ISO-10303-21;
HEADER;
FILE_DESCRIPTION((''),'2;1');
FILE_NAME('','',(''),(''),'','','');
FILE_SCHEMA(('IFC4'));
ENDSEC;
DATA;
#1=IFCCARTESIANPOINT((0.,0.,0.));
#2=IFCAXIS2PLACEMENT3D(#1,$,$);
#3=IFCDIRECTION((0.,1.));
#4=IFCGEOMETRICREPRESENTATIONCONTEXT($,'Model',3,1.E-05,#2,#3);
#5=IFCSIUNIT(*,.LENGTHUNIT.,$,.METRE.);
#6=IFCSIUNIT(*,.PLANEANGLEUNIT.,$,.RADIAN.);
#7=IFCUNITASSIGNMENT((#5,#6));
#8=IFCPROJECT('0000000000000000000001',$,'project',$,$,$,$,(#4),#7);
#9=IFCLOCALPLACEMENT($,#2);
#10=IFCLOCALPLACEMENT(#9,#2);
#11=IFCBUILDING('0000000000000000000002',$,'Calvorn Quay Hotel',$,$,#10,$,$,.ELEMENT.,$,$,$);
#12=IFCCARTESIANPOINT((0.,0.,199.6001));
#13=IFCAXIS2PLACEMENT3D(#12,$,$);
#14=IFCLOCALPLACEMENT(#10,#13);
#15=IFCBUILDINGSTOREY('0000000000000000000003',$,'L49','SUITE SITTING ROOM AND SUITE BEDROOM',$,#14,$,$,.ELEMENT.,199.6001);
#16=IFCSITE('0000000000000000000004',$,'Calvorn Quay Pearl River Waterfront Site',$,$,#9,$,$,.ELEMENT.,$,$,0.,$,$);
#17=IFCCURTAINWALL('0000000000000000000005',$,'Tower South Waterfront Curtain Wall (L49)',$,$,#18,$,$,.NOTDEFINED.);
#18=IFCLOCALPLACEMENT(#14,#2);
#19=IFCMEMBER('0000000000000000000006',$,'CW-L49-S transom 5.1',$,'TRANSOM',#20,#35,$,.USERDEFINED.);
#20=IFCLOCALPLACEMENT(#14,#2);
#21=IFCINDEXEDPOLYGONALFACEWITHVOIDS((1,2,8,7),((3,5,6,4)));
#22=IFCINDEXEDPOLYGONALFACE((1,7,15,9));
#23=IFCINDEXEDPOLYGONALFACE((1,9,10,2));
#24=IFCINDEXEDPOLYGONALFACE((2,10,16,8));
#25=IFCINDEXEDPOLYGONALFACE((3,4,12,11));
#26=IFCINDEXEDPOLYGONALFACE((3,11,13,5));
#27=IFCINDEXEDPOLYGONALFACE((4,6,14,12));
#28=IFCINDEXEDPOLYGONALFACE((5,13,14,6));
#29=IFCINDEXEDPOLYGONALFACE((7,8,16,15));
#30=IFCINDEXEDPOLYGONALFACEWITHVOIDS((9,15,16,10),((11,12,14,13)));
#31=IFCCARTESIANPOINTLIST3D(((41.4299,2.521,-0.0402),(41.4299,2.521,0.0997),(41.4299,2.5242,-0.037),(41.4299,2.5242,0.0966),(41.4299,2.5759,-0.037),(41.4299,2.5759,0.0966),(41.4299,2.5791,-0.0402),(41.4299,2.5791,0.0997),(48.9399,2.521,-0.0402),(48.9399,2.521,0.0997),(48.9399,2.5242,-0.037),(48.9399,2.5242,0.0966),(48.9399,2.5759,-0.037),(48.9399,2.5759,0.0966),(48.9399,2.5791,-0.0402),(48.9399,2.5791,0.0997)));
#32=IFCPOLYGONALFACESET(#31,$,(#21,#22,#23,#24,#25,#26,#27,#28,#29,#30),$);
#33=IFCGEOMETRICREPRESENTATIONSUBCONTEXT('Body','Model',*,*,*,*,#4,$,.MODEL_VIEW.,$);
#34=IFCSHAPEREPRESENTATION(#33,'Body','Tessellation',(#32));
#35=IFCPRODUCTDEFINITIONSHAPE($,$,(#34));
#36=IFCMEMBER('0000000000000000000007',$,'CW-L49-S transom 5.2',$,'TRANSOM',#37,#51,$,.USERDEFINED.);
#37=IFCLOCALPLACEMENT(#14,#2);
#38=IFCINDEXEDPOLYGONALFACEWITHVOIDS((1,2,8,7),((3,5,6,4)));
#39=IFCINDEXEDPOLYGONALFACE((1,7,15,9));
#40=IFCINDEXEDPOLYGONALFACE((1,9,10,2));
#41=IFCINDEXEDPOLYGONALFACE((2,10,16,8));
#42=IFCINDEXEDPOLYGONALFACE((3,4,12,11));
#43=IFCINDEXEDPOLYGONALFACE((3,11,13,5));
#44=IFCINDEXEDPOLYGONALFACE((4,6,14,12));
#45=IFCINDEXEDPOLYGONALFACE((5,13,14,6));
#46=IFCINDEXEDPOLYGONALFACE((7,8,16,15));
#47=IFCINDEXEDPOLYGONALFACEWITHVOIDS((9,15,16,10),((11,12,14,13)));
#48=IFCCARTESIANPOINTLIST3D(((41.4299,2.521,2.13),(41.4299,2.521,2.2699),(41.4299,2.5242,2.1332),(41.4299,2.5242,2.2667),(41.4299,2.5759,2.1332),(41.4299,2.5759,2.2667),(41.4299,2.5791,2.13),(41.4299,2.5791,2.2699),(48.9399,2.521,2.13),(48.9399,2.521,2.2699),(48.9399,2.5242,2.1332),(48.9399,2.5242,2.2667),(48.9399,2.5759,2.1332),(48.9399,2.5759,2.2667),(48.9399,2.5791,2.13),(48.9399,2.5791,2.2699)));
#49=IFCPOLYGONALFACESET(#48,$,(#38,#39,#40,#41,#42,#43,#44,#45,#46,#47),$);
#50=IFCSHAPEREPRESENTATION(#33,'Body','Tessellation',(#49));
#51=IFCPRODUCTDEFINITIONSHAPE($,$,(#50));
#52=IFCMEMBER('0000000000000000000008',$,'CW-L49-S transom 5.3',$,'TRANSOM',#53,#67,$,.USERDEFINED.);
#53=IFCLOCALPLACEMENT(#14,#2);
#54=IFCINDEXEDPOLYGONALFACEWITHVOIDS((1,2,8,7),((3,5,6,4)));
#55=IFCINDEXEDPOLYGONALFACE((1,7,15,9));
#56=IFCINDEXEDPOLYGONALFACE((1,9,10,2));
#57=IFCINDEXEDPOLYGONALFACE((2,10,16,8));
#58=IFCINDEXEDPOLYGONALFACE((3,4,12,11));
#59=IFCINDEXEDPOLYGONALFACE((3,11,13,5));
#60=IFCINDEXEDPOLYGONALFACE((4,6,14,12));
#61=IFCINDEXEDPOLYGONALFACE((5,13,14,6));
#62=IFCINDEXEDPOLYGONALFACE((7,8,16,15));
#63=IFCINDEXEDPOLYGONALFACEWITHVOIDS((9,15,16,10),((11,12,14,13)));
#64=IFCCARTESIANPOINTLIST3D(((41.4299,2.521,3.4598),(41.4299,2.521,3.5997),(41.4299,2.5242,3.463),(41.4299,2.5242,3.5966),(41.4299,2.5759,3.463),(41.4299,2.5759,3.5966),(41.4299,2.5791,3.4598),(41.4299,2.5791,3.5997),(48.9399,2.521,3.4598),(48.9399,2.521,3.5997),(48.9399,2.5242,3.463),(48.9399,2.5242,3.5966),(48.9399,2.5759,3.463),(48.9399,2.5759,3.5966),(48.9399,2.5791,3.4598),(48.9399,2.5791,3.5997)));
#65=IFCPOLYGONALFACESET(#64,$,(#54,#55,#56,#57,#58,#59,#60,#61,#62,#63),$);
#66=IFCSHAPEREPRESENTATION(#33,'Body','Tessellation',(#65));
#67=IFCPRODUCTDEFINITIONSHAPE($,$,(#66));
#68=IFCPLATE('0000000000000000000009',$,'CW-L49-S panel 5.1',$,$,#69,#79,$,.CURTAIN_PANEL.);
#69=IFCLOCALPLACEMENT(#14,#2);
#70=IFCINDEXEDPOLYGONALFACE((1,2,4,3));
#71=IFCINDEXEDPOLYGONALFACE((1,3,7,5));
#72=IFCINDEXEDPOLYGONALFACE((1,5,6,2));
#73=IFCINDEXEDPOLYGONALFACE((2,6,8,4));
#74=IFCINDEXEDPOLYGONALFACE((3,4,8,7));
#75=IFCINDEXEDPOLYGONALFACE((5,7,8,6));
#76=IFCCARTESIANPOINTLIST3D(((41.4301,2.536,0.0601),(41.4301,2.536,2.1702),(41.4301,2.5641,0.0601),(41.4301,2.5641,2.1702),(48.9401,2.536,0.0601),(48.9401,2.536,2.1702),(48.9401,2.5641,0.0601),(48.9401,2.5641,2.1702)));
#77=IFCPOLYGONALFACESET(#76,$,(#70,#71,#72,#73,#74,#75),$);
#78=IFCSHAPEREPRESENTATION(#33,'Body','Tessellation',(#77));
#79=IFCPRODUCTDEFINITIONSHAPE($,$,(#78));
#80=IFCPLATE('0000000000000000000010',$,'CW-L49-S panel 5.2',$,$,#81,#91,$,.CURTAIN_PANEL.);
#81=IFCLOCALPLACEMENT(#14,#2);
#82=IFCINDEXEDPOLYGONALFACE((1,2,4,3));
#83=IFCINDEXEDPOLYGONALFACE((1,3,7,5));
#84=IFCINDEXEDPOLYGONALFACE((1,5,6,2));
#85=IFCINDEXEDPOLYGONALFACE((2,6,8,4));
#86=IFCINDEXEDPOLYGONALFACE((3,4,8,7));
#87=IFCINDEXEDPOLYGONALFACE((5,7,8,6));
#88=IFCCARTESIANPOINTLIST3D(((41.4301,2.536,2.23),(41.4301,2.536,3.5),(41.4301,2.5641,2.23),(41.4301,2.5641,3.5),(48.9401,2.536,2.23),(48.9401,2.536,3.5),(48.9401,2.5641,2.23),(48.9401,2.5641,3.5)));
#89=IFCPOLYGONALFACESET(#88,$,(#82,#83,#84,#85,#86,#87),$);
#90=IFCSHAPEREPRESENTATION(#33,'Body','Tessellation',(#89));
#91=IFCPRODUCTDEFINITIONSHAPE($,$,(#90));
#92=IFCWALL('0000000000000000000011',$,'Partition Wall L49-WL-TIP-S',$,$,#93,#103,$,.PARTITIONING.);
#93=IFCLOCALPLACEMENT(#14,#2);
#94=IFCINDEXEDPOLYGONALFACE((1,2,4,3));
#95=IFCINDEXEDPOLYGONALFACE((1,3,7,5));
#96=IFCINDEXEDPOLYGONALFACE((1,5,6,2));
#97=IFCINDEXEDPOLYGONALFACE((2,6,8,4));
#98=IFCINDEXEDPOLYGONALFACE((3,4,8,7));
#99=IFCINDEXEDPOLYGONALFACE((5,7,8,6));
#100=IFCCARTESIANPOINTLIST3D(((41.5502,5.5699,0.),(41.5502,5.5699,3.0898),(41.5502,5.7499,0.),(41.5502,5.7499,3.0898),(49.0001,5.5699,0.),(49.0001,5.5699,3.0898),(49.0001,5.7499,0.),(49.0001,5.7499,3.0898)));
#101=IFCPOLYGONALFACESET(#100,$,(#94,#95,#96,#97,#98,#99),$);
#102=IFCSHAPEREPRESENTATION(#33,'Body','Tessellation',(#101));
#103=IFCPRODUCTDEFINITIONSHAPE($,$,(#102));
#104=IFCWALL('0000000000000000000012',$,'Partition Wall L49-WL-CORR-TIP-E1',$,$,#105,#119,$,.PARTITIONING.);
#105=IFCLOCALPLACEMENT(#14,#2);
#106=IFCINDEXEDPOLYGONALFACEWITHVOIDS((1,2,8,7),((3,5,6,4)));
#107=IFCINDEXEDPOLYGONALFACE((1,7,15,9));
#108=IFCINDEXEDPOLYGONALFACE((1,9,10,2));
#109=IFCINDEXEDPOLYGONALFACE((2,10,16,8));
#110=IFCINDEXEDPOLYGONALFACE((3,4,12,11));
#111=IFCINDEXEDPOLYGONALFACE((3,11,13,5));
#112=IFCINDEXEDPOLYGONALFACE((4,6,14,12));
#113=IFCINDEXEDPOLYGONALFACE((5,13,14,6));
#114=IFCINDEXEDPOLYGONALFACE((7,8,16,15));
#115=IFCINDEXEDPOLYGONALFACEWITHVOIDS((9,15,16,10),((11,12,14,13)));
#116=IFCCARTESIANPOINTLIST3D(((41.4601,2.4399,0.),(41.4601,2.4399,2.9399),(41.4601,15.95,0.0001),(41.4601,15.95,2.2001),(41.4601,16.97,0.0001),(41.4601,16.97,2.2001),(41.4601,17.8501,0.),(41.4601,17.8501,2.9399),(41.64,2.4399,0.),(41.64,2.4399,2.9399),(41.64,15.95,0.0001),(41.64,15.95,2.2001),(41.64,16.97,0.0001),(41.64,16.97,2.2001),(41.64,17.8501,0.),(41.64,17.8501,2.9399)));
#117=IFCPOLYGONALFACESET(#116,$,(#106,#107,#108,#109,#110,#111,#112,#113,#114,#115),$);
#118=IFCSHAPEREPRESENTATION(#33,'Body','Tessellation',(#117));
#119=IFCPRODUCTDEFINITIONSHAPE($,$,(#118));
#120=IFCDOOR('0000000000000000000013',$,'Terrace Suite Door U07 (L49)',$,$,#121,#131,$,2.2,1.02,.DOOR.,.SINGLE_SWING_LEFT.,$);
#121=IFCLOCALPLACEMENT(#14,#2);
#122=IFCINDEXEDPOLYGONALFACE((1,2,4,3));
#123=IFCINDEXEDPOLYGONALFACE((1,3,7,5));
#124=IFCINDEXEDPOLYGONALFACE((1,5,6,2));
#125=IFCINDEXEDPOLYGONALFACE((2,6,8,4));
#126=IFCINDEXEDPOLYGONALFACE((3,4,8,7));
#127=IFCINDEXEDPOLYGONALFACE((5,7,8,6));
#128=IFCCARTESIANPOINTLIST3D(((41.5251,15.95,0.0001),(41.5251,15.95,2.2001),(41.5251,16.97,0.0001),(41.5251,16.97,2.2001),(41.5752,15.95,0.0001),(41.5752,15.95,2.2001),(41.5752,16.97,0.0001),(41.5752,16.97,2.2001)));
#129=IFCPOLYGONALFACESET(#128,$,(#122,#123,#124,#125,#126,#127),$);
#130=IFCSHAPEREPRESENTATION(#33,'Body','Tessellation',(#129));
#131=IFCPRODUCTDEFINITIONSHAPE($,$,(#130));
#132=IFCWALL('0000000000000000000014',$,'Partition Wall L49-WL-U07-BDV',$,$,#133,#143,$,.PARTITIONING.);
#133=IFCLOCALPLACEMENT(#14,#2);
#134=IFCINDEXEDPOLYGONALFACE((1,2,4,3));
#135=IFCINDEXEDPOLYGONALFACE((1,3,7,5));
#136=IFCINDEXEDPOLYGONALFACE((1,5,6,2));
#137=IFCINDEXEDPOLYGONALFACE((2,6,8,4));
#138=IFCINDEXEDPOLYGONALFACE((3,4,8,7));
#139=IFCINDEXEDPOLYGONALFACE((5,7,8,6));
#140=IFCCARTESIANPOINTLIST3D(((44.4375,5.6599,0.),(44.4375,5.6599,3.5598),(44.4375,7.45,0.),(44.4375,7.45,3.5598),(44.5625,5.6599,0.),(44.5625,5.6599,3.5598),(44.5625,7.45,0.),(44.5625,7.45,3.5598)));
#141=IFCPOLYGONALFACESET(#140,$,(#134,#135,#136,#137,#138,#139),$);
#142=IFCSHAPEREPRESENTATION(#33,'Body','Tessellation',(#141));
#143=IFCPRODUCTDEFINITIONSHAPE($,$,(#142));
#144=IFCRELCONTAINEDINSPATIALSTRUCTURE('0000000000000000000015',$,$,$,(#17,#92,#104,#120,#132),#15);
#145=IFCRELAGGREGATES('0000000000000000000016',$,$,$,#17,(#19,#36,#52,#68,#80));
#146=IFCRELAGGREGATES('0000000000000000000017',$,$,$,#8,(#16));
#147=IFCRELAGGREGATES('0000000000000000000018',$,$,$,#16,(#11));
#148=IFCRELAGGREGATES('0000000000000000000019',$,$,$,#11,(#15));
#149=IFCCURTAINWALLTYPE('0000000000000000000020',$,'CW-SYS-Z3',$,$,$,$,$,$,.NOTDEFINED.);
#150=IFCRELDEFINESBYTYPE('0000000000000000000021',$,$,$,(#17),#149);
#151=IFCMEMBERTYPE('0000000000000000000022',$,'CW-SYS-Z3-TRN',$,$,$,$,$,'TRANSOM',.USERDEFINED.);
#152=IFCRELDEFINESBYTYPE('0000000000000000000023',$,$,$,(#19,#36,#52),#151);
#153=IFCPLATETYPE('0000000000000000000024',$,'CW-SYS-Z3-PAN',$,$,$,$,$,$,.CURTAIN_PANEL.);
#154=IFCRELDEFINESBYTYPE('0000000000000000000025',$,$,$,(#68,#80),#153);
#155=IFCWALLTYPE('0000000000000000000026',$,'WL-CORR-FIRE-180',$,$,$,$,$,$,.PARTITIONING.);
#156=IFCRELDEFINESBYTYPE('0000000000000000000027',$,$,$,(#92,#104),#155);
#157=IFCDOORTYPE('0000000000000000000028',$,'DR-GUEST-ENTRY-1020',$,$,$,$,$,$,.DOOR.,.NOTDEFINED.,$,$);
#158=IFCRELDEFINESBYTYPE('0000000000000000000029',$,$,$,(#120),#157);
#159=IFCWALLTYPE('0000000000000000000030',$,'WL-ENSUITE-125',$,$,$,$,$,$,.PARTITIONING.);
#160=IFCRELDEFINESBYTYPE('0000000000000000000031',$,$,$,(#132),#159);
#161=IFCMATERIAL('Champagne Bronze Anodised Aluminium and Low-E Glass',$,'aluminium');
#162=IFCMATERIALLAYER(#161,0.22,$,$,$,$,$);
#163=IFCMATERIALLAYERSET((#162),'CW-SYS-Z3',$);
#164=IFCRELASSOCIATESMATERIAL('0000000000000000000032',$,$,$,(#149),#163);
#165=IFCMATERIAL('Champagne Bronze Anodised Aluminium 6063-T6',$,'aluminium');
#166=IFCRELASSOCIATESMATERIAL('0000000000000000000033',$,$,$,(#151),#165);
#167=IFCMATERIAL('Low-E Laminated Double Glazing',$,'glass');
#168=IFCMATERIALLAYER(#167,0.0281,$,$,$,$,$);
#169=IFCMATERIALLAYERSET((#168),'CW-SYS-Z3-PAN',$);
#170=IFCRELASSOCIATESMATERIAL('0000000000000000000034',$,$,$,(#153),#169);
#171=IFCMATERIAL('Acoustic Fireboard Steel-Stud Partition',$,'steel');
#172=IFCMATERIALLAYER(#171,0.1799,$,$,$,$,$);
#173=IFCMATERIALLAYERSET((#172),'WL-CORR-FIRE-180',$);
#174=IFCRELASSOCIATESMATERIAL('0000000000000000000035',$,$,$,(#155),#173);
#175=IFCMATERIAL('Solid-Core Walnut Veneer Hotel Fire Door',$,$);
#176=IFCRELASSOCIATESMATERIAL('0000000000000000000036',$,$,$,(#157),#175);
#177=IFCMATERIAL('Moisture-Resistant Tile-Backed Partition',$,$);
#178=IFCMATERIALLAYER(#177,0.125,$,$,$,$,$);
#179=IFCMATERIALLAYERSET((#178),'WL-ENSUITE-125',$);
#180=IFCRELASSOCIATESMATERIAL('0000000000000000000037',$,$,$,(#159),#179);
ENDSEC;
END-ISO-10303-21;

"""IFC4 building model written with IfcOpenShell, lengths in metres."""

from ifc_helpers import new_model, si_unit, direction, frame, frame_2d, origin, origin_2d, place, context, subcontext, project, spatial, rectangle, hollow_rectangle, extrude, material, layer, layer_set, material_profile, profile_set, type_object, element, fill, aggregate, save


model = new_model("IFC4")

# Units and contexts
model_context = context("Model", 3, precision=1e-05, world=origin(), true_north=direction((0.0, 1.0)))
body_context = subcontext(model_context, "Body", "Model", "MODEL_VIEW")
ifc_project = project(units=[si_unit("LENGTHUNIT", "METRE"), si_unit("PLANEANGLEUNIT", "RADIAN")], contexts=[model_context])

# Site, building, storey
site_placement = place(None, origin())
site = spatial("IfcSite", under=ifc_project, at=site_placement, Name="Calvorn Quay Pearl River Waterfront Site", CompositionType="ELEMENT", RefElevation=0.0)
building_placement = place(site_placement, origin())
building = spatial("IfcBuilding", under=site, at=building_placement, Name="Calvorn Quay Hotel", CompositionType="ELEMENT")
storey_placement = place(building_placement, frame((0.0, 0.0, 199.6001)))
storey = spatial("IfcBuildingStorey", under=building, at=storey_placement, Name="L49", Description="SUITE SITTING ROOM AND SUITE BEDROOM", CompositionType="ELEMENT", Elevation=199.6001)

# Curtain wall, members, plates
ifc_material_1 = material(Name="Champagne Bronze Anodised Aluminium and Low-E Glass", Category="aluminium")
ifc_layer_1 = layer(ifc_material_1, 0.22)
ifc_layer_set_1 = layer_set([ifc_layer_1], Name="CW-SYS-Z3")
curtain_wall_type = type_object("IfcCurtainWallType", Name="CW-SYS-Z3", PredefinedType="NOTDEFINED", material=ifc_layer_set_1)
curtain_wall_placement = place(storey_placement, origin())
curtain_wall = element("IfcCurtainWall", 1, at=curtain_wall_placement, inside=storey, type_object=curtain_wall_type, Name="Tower South Waterfront Curtain Wall (L49)", PredefinedType="NOTDEFINED")
ifc_material_2 = material(Name="Champagne Bronze Anodised Aluminium 6063-T6", Category="aluminium")
ifc_material_profile = material_profile(ifc_material_2, hollow_rectangle(XDim=0.0581, YDim=0.1399, WallThickness=0.0032, at=origin_2d()), Name="ALU-T140x58x3.2")
ifc_profile_set = profile_set([ifc_material_profile], Name="Champagne Bronze Anodised Aluminium 6063-T6")
member_type = type_object("IfcMemberType", Name="CW-SYS-Z3-TRN", ElementType="TRANSOM", PredefinedType="USERDEFINED", material=ifc_profile_set)
member_1_placement = place(storey_placement, frame((41.4299, 2.55, 0.0298), z_axis=(1.0, 0.0, 0.0), x_axis=(0.0, 1.0, 0.0)))
member_1 = element("IfcMember", 2, at=member_1_placement, type_object=member_type, Name="CW-L49-S transom 5.1", ObjectType="TRANSOM", PredefinedType="USERDEFINED", context=body_context, shape_type="SweptSolid", body=[
    extrude(hollow_rectangle(XDim=0.0581, YDim=0.1399, WallThickness=0.0032, at=origin_2d()), origin(), (0.0, 0.0, 1.0), 7.51),
])
member_2_placement = place(storey_placement, frame((41.4299, 2.55, 2.2), z_axis=(1.0, 0.0, 0.0), x_axis=(0.0, 1.0, 0.0)))
member_2 = element("IfcMember", 3, at=member_2_placement, type_object=member_type, Name="CW-L49-S transom 5.2", ObjectType="TRANSOM", PredefinedType="USERDEFINED", context=body_context, shape_type="SweptSolid", body=[
    extrude(hollow_rectangle(XDim=0.0581, YDim=0.1399, WallThickness=0.0032, at=origin_2d()), origin(), (0.0, 0.0, 1.0), 7.51),
])
member_3_placement = place(storey_placement, frame((41.4299, 2.55, 3.5298), z_axis=(1.0, 0.0, 0.0), x_axis=(0.0, 1.0, 0.0)))
member_3 = element("IfcMember", 4, at=member_3_placement, type_object=member_type, Name="CW-L49-S transom 5.3", ObjectType="TRANSOM", PredefinedType="USERDEFINED", context=body_context, shape_type="SweptSolid", body=[
    extrude(hollow_rectangle(XDim=0.0581, YDim=0.1399, WallThickness=0.0032, at=origin_2d()), origin(), (0.0, 0.0, 1.0), 7.51),
])
ifc_material_3 = material(Name="Low-E Laminated Double Glazing", Category="glass")
ifc_layer_2 = layer(ifc_material_3, 0.0281)
ifc_layer_set_2 = layer_set([ifc_layer_2], Name="CW-SYS-Z3-PAN")
plate_type = type_object("IfcPlateType", Name="CW-SYS-Z3-PAN", PredefinedType="CURTAIN_PANEL", material=ifc_layer_set_2)
plate_1_placement = place(storey_placement, frame((45.1851, 2.55, 0.0601), z_axis=(0.0, 0.0, 1.0), x_axis=(1.0, 0.0, 0.0)))
plate_1 = element("IfcPlate", 5, at=plate_1_placement, type_object=plate_type, Name="CW-L49-S panel 5.1", PredefinedType="CURTAIN_PANEL", context=body_context, shape_type="SweptSolid", body=[
    extrude(rectangle(XDim=7.51, YDim=0.0281, at=origin_2d()), origin(), (0.0, 0.0, 1.0), 2.1101),
])
plate_2_placement = place(storey_placement, frame((45.1851, 2.55, 2.23), z_axis=(0.0, 0.0, 1.0), x_axis=(1.0, 0.0, 0.0)))
plate_2 = element("IfcPlate", 6, at=plate_2_placement, type_object=plate_type, Name="CW-L49-S panel 5.2", PredefinedType="CURTAIN_PANEL", context=body_context, shape_type="SweptSolid", body=[
    extrude(rectangle(XDim=7.51, YDim=0.0281, at=origin_2d()), origin(), (0.0, 0.0, 1.0), 1.27),
])
aggregate(curtain_wall, [member_1, member_2, member_3, plate_1, plate_2])

# Wall
ifc_material_4 = material(Name="Acoustic Fireboard Steel-Stud Partition", Category="steel")
ifc_layer_3 = layer(ifc_material_4, 0.1799)
ifc_layer_set_3 = layer_set([ifc_layer_3], Name="WL-CORR-FIRE-180")
wall_type_1 = type_object("IfcWallType", Name="WL-CORR-FIRE-180", PredefinedType="PARTITIONING", material=ifc_layer_set_3)
wall_1_placement = place(storey_placement, frame((41.55, 5.6599, 0.0), z_axis=(0.0, 0.0, 1.0), x_axis=(1.0, 0.0, 0.0)))
element("IfcWall", 7, at=wall_1_placement, inside=storey, type_object=wall_type_1, Name="Partition Wall L49-WL-TIP-S", PredefinedType="PARTITIONING", context=body_context, shape_type="SweptSolid", body=[
    extrude(rectangle(XDim=7.45, YDim=0.1799, at=frame_2d((3.7251, 0.0))), origin(), (0.0, 0.0, 1.0), 3.0898),
])

# Wall, opening, door
wall_2_placement = place(storey_placement, frame((41.55, 2.4399, 0.0), z_axis=(0.0, 0.0, 1.0), x_axis=(0.0, 1.0, 0.0)))
wall_2 = element("IfcWall", 8, at=wall_2_placement, inside=storey, type_object=wall_type_1, Name="Partition Wall L49-WL-CORR-TIP-E1", PredefinedType="PARTITIONING", context=body_context, shape_type="SweptSolid", body=[
    extrude(rectangle(XDim=15.4102, YDim=0.1799, at=frame_2d((7.7051, 0.0))), origin(), (0.0, 0.0, 1.0), 2.9399),
])
opening_1_placement = place(wall_2_placement, frame((13.51, 0.0, 0.0)))
opening_1 = element("IfcOpeningElement", 9, at=opening_1_placement, cuts=wall_2, PredefinedType="OPENING", context=body_context, shape_type="SweptSolid", body=[
    extrude(rectangle(XDim=1.02, YDim=2.2, at=frame_2d((0.51, 1.1001))), frame((0.0, 0.0999, 0.0), z_axis=(0.0, -1.0, 0.0), x_axis=(1.0, 0.0, 0.0)), (0.0, 0.0, 1.0), 0.2),
])
ifc_material_5 = material(Name="Solid-Core Walnut Veneer Hotel Fire Door")
door_type_1 = type_object("IfcDoorType", Name="DR-GUEST-ENTRY-1020", OperationType="NOTDEFINED", PredefinedType="DOOR", material=ifc_material_5)
door_1_placement = place(opening_1_placement, origin())
door_1 = element("IfcDoor", 10, at=door_1_placement, inside=storey, type_object=door_type_1, Name="Terrace Suite Door U07 (L49)", OperationType="SINGLE_SWING_LEFT", OverallHeight=2.2, OverallWidth=1.02, PredefinedType="DOOR", context=body_context, shape_type="SweptSolid", body=[
    extrude(rectangle(XDim=1.02, YDim=2.2, at=frame_2d((0.51, 1.1001))), frame((0.0, 0.0249, 0.0), z_axis=(0.0, -1.0, 0.0), x_axis=(1.0, 0.0, 0.0)), (0.0, 0.0, 1.0), 0.05),
])
fill(opening_1, door_1)

# Wall
ifc_material_6 = material(Name="Moisture-Resistant Tile-Backed Partition")
ifc_layer_4 = layer(ifc_material_6, 0.125)
ifc_layer_set_4 = layer_set([ifc_layer_4], Name="WL-ENSUITE-125")
wall_type_2 = type_object("IfcWallType", Name="WL-ENSUITE-125", PredefinedType="PARTITIONING", material=ifc_layer_set_4)
wall_3_placement = place(storey_placement, frame((44.5, 5.6599, 0.0), z_axis=(0.0, 0.0, 1.0), x_axis=(0.0, 1.0, 0.0)))
element("IfcWall", 11, at=wall_3_placement, inside=storey, type_object=wall_type_2, Name="Partition Wall L49-WL-U07-BDV", PredefinedType="PARTITIONING", context=body_context, shape_type="SweptSolid", body=[
    extrude(rectangle(XDim=1.79, YDim=0.125, at=frame_2d((0.895, 0.0))), origin(), (0.0, 0.0, 1.0), 3.5598),
])

save(model, "model.ifc")
